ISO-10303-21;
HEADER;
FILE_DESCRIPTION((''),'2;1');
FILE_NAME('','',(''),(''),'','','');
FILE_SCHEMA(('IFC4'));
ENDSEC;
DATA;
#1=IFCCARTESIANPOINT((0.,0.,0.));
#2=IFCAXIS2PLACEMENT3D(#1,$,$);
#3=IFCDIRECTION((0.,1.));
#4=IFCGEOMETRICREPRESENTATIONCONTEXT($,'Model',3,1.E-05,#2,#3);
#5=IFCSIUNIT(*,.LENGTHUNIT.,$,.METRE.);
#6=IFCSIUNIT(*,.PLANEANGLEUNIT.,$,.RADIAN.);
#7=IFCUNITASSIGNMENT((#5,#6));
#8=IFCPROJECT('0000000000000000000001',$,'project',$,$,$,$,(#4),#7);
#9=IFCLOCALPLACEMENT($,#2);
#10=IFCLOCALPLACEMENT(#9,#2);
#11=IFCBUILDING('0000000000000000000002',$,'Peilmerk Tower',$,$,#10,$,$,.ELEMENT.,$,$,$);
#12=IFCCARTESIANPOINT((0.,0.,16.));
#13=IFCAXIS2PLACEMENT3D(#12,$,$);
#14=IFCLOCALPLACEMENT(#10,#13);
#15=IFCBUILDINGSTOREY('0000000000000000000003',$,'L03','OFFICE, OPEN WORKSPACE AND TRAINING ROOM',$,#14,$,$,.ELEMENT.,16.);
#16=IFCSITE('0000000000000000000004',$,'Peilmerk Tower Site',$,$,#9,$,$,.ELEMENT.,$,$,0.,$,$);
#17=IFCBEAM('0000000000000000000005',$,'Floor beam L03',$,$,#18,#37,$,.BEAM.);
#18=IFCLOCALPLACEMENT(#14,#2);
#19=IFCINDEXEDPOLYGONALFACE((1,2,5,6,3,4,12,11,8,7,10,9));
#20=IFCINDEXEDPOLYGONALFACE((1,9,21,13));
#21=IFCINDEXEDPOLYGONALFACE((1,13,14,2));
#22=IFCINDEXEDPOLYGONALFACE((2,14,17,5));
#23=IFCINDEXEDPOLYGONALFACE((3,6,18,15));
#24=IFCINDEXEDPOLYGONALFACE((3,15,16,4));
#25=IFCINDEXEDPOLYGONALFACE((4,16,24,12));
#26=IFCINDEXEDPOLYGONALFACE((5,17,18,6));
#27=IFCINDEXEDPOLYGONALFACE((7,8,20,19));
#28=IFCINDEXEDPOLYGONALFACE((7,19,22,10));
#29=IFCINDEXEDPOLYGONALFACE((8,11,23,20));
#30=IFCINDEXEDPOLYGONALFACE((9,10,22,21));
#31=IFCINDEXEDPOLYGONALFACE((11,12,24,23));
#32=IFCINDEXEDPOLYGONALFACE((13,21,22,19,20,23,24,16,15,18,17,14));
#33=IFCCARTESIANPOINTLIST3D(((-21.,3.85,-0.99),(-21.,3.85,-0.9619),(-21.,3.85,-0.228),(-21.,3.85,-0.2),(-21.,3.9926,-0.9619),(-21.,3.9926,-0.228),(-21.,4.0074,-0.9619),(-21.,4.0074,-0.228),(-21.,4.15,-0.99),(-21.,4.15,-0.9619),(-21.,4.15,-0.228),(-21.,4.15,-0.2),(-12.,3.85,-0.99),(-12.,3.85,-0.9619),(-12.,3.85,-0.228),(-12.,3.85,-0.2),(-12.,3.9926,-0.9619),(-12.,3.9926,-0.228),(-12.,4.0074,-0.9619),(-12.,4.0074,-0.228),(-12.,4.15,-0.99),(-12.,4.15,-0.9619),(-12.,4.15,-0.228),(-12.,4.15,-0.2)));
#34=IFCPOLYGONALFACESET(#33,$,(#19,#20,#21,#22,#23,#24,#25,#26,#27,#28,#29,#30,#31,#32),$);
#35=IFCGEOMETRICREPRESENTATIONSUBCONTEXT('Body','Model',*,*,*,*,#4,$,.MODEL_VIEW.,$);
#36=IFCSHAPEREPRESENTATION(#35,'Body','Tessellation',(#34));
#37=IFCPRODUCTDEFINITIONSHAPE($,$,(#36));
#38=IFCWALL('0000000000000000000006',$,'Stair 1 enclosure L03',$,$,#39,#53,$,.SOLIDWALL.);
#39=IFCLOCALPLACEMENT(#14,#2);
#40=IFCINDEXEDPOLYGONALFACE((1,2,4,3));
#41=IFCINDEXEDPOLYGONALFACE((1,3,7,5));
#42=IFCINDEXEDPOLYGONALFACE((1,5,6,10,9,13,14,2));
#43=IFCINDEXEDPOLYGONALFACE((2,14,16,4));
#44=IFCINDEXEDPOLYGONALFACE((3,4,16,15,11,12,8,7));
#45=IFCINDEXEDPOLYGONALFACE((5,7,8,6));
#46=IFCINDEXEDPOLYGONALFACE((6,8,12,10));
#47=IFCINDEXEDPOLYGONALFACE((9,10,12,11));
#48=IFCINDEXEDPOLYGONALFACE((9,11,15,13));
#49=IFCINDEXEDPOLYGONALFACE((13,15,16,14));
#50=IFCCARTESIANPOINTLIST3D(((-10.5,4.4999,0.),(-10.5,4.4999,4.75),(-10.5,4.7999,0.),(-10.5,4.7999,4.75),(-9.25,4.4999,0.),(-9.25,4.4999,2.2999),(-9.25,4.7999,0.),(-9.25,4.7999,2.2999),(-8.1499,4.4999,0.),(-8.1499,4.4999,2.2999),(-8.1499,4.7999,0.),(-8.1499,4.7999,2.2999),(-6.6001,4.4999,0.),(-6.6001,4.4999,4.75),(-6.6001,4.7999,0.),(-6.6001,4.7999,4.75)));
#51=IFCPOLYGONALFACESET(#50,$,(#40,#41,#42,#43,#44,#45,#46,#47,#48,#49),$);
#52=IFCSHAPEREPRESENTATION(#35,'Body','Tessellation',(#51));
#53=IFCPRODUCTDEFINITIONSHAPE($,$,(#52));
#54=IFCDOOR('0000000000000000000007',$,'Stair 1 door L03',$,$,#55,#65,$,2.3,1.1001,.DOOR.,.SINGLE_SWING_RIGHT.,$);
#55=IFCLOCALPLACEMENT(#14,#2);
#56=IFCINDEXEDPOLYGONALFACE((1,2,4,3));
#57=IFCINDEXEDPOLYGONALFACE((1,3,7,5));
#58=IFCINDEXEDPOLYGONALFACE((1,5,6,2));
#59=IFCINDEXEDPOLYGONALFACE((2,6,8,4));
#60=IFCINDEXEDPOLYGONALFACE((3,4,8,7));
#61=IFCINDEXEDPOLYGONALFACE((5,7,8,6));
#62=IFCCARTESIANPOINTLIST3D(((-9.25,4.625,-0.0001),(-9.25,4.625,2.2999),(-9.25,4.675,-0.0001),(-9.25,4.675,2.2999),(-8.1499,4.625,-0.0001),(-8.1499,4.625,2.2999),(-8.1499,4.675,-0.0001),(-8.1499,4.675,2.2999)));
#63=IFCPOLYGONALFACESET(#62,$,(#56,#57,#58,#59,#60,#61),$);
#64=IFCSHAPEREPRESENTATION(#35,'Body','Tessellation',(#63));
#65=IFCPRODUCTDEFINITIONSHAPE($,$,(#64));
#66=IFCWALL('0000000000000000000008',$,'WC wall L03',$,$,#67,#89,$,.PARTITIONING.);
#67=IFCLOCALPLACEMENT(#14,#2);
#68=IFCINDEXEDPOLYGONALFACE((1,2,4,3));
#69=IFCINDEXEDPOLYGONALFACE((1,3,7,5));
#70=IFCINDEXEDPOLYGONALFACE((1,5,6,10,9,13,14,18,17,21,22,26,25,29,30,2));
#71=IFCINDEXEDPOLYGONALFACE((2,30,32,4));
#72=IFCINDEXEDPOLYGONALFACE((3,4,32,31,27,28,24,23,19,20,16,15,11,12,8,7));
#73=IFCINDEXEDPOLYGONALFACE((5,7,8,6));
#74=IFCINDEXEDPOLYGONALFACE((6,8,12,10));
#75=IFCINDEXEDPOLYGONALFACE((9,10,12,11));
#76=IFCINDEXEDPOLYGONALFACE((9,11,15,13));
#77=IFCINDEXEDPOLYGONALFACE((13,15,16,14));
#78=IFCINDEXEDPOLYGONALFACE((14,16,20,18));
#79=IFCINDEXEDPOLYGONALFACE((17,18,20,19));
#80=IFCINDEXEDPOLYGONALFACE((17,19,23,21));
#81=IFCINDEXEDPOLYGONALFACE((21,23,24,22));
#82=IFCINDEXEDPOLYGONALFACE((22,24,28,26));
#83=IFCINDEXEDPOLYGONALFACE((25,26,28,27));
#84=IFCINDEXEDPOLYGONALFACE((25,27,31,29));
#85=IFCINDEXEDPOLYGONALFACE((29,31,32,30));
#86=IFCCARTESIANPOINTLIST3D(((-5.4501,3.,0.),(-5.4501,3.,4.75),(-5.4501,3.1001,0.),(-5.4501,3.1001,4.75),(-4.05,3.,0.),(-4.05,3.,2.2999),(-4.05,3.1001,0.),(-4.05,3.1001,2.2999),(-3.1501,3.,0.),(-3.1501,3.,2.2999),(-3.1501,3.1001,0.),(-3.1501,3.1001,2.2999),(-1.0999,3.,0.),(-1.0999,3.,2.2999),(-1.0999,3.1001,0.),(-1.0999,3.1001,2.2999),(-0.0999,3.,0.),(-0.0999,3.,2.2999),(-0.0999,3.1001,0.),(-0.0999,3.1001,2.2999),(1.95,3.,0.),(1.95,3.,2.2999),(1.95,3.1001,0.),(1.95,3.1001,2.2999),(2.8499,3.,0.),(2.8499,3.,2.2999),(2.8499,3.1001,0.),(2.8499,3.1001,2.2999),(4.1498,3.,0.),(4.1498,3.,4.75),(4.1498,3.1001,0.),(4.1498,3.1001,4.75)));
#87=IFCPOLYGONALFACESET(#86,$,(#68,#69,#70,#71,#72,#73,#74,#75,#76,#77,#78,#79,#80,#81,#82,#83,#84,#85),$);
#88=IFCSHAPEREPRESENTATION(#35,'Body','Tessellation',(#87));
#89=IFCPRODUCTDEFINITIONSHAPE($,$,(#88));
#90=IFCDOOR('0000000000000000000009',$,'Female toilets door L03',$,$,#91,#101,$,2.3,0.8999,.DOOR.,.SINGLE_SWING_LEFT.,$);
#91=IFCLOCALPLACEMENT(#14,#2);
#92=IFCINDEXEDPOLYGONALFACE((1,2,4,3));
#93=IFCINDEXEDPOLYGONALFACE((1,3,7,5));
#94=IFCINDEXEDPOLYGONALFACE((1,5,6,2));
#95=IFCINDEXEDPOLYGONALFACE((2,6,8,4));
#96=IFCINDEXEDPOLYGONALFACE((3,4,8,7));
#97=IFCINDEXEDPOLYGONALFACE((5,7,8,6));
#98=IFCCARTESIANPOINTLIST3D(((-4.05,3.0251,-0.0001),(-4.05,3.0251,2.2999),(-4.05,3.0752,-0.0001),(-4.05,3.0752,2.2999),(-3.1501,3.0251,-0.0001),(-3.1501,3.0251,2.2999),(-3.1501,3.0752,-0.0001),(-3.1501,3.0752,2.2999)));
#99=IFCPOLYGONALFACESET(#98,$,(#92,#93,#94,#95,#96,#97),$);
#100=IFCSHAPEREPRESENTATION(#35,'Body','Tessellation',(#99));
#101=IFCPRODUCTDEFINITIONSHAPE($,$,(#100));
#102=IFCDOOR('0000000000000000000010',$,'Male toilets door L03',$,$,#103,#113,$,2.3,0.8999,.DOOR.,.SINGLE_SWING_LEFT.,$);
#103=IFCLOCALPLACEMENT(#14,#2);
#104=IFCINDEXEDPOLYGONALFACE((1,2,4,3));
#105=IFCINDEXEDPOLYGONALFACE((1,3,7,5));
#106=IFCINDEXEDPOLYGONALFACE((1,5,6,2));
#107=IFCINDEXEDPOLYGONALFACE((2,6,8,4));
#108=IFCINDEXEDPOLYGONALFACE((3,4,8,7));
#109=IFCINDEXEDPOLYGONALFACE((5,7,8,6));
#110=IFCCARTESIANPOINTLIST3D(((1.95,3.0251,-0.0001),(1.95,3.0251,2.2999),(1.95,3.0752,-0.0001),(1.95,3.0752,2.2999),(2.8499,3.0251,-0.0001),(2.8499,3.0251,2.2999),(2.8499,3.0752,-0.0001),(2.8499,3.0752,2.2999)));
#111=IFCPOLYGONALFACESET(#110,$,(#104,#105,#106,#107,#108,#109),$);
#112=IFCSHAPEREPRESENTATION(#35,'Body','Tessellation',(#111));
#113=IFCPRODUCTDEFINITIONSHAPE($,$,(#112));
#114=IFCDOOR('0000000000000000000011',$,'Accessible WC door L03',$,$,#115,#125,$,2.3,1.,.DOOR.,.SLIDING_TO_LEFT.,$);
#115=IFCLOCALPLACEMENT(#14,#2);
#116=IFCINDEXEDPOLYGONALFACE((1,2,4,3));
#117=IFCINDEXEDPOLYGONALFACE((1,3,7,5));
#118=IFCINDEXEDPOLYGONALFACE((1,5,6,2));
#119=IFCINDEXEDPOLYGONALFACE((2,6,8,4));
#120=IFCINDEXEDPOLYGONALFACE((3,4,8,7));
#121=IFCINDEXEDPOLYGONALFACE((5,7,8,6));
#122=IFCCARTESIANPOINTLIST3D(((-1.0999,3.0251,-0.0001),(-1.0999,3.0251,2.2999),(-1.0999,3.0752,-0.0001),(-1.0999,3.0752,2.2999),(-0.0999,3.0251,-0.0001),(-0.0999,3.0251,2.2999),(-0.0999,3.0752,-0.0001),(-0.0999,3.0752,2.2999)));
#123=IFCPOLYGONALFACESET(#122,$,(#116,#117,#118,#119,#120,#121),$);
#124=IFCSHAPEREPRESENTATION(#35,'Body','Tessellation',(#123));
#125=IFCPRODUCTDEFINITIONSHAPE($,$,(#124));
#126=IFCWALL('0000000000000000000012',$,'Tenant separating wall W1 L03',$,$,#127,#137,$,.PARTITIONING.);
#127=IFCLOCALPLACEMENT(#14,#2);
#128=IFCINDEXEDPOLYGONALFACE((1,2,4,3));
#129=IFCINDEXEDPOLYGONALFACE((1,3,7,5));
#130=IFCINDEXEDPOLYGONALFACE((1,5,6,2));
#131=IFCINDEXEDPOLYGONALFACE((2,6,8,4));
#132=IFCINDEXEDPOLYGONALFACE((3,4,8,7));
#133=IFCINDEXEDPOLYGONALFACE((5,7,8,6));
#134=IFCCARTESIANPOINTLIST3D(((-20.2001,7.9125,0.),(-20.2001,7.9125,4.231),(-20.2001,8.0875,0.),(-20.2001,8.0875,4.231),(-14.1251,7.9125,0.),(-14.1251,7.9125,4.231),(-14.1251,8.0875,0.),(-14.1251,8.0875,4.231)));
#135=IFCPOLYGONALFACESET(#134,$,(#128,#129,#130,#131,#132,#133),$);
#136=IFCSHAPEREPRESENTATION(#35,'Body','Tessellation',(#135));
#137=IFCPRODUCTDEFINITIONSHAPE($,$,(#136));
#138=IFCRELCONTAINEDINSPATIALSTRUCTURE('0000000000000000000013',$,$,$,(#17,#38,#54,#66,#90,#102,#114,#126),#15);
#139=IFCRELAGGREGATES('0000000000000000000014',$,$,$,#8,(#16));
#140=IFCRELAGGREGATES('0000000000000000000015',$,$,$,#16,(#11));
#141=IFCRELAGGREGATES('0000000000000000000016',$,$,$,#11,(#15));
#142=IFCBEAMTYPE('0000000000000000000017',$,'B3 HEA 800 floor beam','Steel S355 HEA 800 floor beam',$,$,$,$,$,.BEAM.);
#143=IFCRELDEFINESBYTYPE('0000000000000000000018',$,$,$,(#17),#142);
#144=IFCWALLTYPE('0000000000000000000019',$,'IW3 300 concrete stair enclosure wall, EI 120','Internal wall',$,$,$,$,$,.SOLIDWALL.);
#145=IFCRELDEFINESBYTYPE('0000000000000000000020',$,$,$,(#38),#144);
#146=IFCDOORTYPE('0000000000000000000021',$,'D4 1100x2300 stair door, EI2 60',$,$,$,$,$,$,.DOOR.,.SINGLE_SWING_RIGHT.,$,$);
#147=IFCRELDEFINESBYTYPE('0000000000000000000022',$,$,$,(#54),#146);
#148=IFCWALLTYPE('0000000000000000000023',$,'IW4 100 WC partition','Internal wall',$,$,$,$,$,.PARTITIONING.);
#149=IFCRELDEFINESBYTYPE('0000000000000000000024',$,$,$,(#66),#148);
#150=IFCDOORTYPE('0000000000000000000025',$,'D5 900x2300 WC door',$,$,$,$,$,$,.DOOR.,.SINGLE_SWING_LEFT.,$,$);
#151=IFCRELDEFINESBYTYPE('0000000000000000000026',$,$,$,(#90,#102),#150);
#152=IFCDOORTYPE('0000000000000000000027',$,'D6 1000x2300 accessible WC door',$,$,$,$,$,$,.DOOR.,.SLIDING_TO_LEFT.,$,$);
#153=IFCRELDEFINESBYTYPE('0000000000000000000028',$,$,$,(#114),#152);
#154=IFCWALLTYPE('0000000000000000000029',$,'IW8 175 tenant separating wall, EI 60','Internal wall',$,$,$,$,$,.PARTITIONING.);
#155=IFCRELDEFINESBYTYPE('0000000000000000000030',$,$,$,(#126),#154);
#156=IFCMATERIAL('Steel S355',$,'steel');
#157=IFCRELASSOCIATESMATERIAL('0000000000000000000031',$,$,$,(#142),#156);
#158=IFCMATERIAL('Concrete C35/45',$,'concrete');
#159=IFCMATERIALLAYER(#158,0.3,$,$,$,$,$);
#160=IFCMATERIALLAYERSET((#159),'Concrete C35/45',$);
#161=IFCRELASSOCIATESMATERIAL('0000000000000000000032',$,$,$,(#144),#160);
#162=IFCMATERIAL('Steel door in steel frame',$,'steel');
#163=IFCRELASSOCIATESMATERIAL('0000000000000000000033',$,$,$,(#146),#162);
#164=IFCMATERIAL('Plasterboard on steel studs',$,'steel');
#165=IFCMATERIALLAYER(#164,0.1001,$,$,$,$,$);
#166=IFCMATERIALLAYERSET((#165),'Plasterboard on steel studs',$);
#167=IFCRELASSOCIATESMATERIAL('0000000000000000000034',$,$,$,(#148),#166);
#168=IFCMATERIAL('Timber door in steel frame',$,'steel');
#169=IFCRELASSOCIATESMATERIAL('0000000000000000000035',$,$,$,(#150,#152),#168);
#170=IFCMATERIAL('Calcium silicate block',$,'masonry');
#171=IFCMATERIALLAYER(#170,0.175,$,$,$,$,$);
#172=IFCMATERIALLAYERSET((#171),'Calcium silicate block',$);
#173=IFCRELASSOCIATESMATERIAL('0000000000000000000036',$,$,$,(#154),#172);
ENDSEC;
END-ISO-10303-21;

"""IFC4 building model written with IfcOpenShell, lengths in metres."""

from ifc_helpers import new_model, si_unit, direction, frame, frame_2d, origin, origin_2d, place, context, subcontext, project, spatial, rectangle, i_section, extrude, material, layer, layer_set, material_profile, profile_set, type_object, element, fill, save


model = new_model("IFC4")

# Units and contexts
model_context = context("Model", 3, precision=1e-05, world=origin(), true_north=direction((0.0, 1.0)))
body_context = subcontext(model_context, "Body", "Model", "MODEL_VIEW")
ifc_project = project(units=[si_unit("LENGTHUNIT", "METRE"), si_unit("PLANEANGLEUNIT", "RADIAN")], contexts=[model_context])

# Site, building, storey
site_placement = place(None, origin())
site = spatial("IfcSite", under=ifc_project, at=site_placement, Name="Peilmerk Tower Site", CompositionType="ELEMENT", RefElevation=0.0)
building_placement = place(site_placement, origin())
building = spatial("IfcBuilding", under=site, at=building_placement, Name="Peilmerk Tower", CompositionType="ELEMENT")
storey_placement = place(building_placement, frame((0.0, 0.0, 16.0)))
storey = spatial("IfcBuildingStorey", under=building, at=storey_placement, Name="L03", Description="OFFICE, OPEN WORKSPACE AND TRAINING ROOM", CompositionType="ELEMENT", Elevation=16.0)

# Beam
ifc_material_1 = material(Name="Steel S355", Category="steel")
ifc_material_profile = material_profile(ifc_material_1, i_section(OverallWidth=0.3, OverallDepth=0.79, WebThickness=0.0149, FlangeThickness=0.0281, at=origin_2d()), Name="HEA 800")
ifc_profile_set = profile_set([ifc_material_profile], Name="Steel S355")
beam_type = type_object("IfcBeamType", Name="B3 HEA 800 floor beam", Description="Steel S355 HEA 800 floor beam", PredefinedType="BEAM", material=ifc_profile_set)
beam_placement = place(storey_placement, frame((-12.0, 4.0, -0.595), z_axis=(-1.0, 0.0, 0.0), x_axis=(0.0, -1.0, 0.0)))
element("IfcBeam", 1, at=beam_placement, inside=storey, type_object=beam_type, Name="Floor beam L03", PredefinedType="BEAM", context=body_context, shape_type="SweptSolid", body=[
    extrude(i_section(OverallWidth=0.3, OverallDepth=0.79, WebThickness=0.0149, FlangeThickness=0.0281, at=origin_2d()), origin(), (0.0, 0.0, 1.0), 9.0),
])

# Wall, opening, door
ifc_material_2 = material(Name="Concrete C35/45", Category="concrete")
ifc_layer_1 = layer(ifc_material_2, 0.3)
ifc_layer_set_1 = layer_set([ifc_layer_1], Name="Concrete C35/45")
wall_type_1 = type_object("IfcWallType", Name="IW3 300 concrete stair enclosure wall, EI 120", Description="Internal wall", PredefinedType="SOLIDWALL", material=ifc_layer_set_1)
wall_1_placement = place(storey_placement, frame((-10.5, 4.6499, 0.0), z_axis=(0.0, 0.0, 1.0), x_axis=(1.0, 0.0, 0.0)))
wall_1 = element("IfcWall", 2, at=wall_1_placement, inside=storey, type_object=wall_type_1, Name="Stair 1 enclosure L03", PredefinedType="SOLIDWALL", context=body_context, shape_type="SweptSolid", body=[
    extrude(rectangle(XDim=3.8999, YDim=0.3, at=frame_2d((1.95, 0.0))), origin(), (0.0, 0.0, 1.0), 4.75),
])
opening_1_placement = place(wall_1_placement, frame((1.25, 0.0, 0.0)))
opening_1 = element("IfcOpeningElement", 3, at=opening_1_placement, cuts=wall_1, PredefinedType="OPENING", context=body_context, shape_type="SweptSolid", body=[
    extrude(rectangle(XDim=1.1001, YDim=2.3, at=frame_2d((0.55, 1.1499))), frame((0.0, 0.1599, 0.0), z_axis=(0.0, -1.0, 0.0), x_axis=(1.0, 0.0, 0.0)), (0.0, 0.0, 1.0), 0.3201),
])
ifc_material_3 = material(Name="Steel door in steel frame", Category="steel")
door_type_1 = type_object("IfcDoorType", Name="D4 1100x2300 stair door, EI2 60", OperationType="SINGLE_SWING_RIGHT", PredefinedType="DOOR", material=ifc_material_3)
door_1_placement = place(opening_1_placement, frame((1.1001, 0.0, 0.0), z_axis=(0.0, 0.0, 1.0), x_axis=(-1.0, 0.0, 0.0)))
door_1 = element("IfcDoor", 4, at=door_1_placement, inside=storey, type_object=door_type_1, Name="Stair 1 door L03", OperationType="SINGLE_SWING_RIGHT", OverallHeight=2.3, OverallWidth=1.1001, PredefinedType="DOOR", context=body_context, shape_type="SweptSolid", body=[
    extrude(rectangle(XDim=1.1001, YDim=2.3, at=frame_2d((0.55, 1.1499))), frame((0.0, 0.0249, 0.0), z_axis=(0.0, -1.0, 0.0), x_axis=(1.0, 0.0, 0.0)), (0.0, 0.0, 1.0), 0.05),
])
fill(opening_1, door_1)

# Wall, openings, doors
ifc_material_4 = material(Name="Plasterboard on steel studs", Category="steel")
ifc_layer_2 = layer(ifc_material_4, 0.1001)
ifc_layer_set_2 = layer_set([ifc_layer_2], Name="Plasterboard on steel studs")
wall_type_2 = type_object("IfcWallType", Name="IW4 100 WC partition", Description="Internal wall", PredefinedType="PARTITIONING", material=ifc_layer_set_2)
wall_2_placement = place(storey_placement, frame((-5.45, 3.05, 0.0), z_axis=(0.0, 0.0, 1.0), x_axis=(1.0, 0.0, 0.0)))
wall_2 = element("IfcWall", 5, at=wall_2_placement, inside=storey, type_object=wall_type_2, Name="WC wall L03", PredefinedType="PARTITIONING", context=body_context, shape_type="SweptSolid", body=[
    extrude(rectangle(XDim=9.5999, YDim=0.1001, at=frame_2d((4.7998, 0.0))), origin(), (0.0, 0.0, 1.0), 4.75),
])
opening_2_placement = place(wall_2_placement, frame((1.3999, 0.0, 0.0)))
opening_2 = element("IfcOpeningElement", 6, at=opening_2_placement, cuts=wall_2, PredefinedType="OPENING", context=body_context, shape_type="SweptSolid", body=[
    extrude(rectangle(XDim=0.8999, YDim=2.3, at=frame_2d((0.45, 1.1499))), frame((0.0, 0.0601, 0.0), z_axis=(0.0, -1.0, 0.0), x_axis=(1.0, 0.0, 0.0)), (0.0, 0.0, 1.0), 0.1201),
])
opening_3_placement = place(wall_2_placement, frame((4.3501, 0.0, 0.0)))
opening_3 = element("IfcOpeningElement", 7, at=opening_3_placement, cuts=wall_2, PredefinedType="OPENING", context=body_context, shape_type="SweptSolid", body=[
    extrude(rectangle(XDim=1.0, YDim=2.3, at=frame_2d((0.5, 1.1499))), frame((0.0, 0.0601, 0.0), z_axis=(0.0, -1.0, 0.0), x_axis=(1.0, 0.0, 0.0)), (0.0, 0.0, 1.0), 0.1201),
])
opening_4_placement = place(wall_2_placement, frame((7.3999, 0.0, 0.0)))
opening_4 = element("IfcOpeningElement", 8, at=opening_4_placement, cuts=wall_2, PredefinedType="OPENING", context=body_context, shape_type="SweptSolid", body=[
    extrude(rectangle(XDim=0.8999, YDim=2.3, at=frame_2d((0.45, 1.1499))), frame((0.0, 0.0601, 0.0), z_axis=(0.0, -1.0, 0.0), x_axis=(1.0, 0.0, 0.0)), (0.0, 0.0, 1.0), 0.1201),
])
ifc_material_5 = material(Name="Timber door in steel frame", Category="steel")
door_type_2 = type_object("IfcDoorType", Name="D5 900x2300 WC door", OperationType="SINGLE_SWING_LEFT", PredefinedType="DOOR", material=ifc_material_5)
door_2_placement = place(opening_2_placement, frame((0.8999, 0.0, 0.0), z_axis=(0.0, 0.0, 1.0), x_axis=(-1.0, 0.0, 0.0)))
door_2 = element("IfcDoor", 9, at=door_2_placement, inside=storey, type_object=door_type_2, Name="Female toilets door L03", OperationType="SINGLE_SWING_LEFT", OverallHeight=2.3, OverallWidth=0.8999, PredefinedType="DOOR", context=body_context, shape_type="SweptSolid", body=[
    extrude(rectangle(XDim=0.8999, YDim=2.3, at=frame_2d((0.45, 1.1499))), frame((0.0, 0.0249, 0.0), z_axis=(0.0, -1.0, 0.0), x_axis=(1.0, 0.0, 0.0)), (0.0, 0.0, 1.0), 0.05),
])
fill(opening_2, door_2)
door_3_placement = place(opening_4_placement, frame((0.8999, 0.0, 0.0), z_axis=(0.0, 0.0, 1.0), x_axis=(-1.0, 0.0, 0.0)))
door_3 = element("IfcDoor", 10, at=door_3_placement, inside=storey, type_object=door_type_2, Name="Male toilets door L03", OperationType="SINGLE_SWING_LEFT", OverallHeight=2.3, OverallWidth=0.8999, PredefinedType="DOOR", context=body_context, shape_type="SweptSolid", body=[
    extrude(rectangle(XDim=0.8999, YDim=2.3, at=frame_2d((0.45, 1.1499))), frame((0.0, 0.0249, 0.0), z_axis=(0.0, -1.0, 0.0), x_axis=(1.0, 0.0, 0.0)), (0.0, 0.0, 1.0), 0.05),
])
fill(opening_4, door_3)
door_type_3 = type_object("IfcDoorType", Name="D6 1000x2300 accessible WC door", OperationType="SLIDING_TO_LEFT", PredefinedType="DOOR", material=ifc_material_5)
door_4_placement = place(opening_3_placement, frame((1.0, 0.0, 0.0), z_axis=(0.0, 0.0, 1.0), x_axis=(-1.0, 0.0, 0.0)))
door_4 = element("IfcDoor", 11, at=door_4_placement, inside=storey, type_object=door_type_3, Name="Accessible WC door L03", OperationType="SLIDING_TO_LEFT", OverallHeight=2.3, OverallWidth=1.0, PredefinedType="DOOR", context=body_context, shape_type="SweptSolid", body=[
    extrude(rectangle(XDim=1.0, YDim=2.3, at=frame_2d((0.5, 1.1499))), frame((0.0, 0.0249, 0.0), z_axis=(0.0, -1.0, 0.0), x_axis=(1.0, 0.0, 0.0)), (0.0, 0.0, 1.0), 0.05),
])
fill(opening_3, door_4)

# Wall
ifc_material_6 = material(Name="Calcium silicate block", Category="masonry")
ifc_layer_3 = layer(ifc_material_6, 0.175)
ifc_layer_set_3 = layer_set([ifc_layer_3], Name="Calcium silicate block")
wall_type_3 = type_object("IfcWallType", Name="IW8 175 tenant separating wall, EI 60", Description="Internal wall", PredefinedType="PARTITIONING", material=ifc_layer_set_3)
wall_3_placement = place(storey_placement, frame((-14.125, 8.0, 0.0), z_axis=(0.0, 0.0, 1.0), x_axis=(-1.0, 0.0, 0.0)))
element("IfcWall", 12, at=wall_3_placement, inside=storey, type_object=wall_type_3, Name="Tenant separating wall W1 L03", PredefinedType="PARTITIONING", context=body_context, shape_type="SweptSolid", body=[
    extrude(rectangle(XDim=6.075, YDim=0.175, at=frame_2d((3.0376, 0.0))), origin(), (0.0, 0.0, 1.0), 4.231),
])

save(model, "model.ifc")
